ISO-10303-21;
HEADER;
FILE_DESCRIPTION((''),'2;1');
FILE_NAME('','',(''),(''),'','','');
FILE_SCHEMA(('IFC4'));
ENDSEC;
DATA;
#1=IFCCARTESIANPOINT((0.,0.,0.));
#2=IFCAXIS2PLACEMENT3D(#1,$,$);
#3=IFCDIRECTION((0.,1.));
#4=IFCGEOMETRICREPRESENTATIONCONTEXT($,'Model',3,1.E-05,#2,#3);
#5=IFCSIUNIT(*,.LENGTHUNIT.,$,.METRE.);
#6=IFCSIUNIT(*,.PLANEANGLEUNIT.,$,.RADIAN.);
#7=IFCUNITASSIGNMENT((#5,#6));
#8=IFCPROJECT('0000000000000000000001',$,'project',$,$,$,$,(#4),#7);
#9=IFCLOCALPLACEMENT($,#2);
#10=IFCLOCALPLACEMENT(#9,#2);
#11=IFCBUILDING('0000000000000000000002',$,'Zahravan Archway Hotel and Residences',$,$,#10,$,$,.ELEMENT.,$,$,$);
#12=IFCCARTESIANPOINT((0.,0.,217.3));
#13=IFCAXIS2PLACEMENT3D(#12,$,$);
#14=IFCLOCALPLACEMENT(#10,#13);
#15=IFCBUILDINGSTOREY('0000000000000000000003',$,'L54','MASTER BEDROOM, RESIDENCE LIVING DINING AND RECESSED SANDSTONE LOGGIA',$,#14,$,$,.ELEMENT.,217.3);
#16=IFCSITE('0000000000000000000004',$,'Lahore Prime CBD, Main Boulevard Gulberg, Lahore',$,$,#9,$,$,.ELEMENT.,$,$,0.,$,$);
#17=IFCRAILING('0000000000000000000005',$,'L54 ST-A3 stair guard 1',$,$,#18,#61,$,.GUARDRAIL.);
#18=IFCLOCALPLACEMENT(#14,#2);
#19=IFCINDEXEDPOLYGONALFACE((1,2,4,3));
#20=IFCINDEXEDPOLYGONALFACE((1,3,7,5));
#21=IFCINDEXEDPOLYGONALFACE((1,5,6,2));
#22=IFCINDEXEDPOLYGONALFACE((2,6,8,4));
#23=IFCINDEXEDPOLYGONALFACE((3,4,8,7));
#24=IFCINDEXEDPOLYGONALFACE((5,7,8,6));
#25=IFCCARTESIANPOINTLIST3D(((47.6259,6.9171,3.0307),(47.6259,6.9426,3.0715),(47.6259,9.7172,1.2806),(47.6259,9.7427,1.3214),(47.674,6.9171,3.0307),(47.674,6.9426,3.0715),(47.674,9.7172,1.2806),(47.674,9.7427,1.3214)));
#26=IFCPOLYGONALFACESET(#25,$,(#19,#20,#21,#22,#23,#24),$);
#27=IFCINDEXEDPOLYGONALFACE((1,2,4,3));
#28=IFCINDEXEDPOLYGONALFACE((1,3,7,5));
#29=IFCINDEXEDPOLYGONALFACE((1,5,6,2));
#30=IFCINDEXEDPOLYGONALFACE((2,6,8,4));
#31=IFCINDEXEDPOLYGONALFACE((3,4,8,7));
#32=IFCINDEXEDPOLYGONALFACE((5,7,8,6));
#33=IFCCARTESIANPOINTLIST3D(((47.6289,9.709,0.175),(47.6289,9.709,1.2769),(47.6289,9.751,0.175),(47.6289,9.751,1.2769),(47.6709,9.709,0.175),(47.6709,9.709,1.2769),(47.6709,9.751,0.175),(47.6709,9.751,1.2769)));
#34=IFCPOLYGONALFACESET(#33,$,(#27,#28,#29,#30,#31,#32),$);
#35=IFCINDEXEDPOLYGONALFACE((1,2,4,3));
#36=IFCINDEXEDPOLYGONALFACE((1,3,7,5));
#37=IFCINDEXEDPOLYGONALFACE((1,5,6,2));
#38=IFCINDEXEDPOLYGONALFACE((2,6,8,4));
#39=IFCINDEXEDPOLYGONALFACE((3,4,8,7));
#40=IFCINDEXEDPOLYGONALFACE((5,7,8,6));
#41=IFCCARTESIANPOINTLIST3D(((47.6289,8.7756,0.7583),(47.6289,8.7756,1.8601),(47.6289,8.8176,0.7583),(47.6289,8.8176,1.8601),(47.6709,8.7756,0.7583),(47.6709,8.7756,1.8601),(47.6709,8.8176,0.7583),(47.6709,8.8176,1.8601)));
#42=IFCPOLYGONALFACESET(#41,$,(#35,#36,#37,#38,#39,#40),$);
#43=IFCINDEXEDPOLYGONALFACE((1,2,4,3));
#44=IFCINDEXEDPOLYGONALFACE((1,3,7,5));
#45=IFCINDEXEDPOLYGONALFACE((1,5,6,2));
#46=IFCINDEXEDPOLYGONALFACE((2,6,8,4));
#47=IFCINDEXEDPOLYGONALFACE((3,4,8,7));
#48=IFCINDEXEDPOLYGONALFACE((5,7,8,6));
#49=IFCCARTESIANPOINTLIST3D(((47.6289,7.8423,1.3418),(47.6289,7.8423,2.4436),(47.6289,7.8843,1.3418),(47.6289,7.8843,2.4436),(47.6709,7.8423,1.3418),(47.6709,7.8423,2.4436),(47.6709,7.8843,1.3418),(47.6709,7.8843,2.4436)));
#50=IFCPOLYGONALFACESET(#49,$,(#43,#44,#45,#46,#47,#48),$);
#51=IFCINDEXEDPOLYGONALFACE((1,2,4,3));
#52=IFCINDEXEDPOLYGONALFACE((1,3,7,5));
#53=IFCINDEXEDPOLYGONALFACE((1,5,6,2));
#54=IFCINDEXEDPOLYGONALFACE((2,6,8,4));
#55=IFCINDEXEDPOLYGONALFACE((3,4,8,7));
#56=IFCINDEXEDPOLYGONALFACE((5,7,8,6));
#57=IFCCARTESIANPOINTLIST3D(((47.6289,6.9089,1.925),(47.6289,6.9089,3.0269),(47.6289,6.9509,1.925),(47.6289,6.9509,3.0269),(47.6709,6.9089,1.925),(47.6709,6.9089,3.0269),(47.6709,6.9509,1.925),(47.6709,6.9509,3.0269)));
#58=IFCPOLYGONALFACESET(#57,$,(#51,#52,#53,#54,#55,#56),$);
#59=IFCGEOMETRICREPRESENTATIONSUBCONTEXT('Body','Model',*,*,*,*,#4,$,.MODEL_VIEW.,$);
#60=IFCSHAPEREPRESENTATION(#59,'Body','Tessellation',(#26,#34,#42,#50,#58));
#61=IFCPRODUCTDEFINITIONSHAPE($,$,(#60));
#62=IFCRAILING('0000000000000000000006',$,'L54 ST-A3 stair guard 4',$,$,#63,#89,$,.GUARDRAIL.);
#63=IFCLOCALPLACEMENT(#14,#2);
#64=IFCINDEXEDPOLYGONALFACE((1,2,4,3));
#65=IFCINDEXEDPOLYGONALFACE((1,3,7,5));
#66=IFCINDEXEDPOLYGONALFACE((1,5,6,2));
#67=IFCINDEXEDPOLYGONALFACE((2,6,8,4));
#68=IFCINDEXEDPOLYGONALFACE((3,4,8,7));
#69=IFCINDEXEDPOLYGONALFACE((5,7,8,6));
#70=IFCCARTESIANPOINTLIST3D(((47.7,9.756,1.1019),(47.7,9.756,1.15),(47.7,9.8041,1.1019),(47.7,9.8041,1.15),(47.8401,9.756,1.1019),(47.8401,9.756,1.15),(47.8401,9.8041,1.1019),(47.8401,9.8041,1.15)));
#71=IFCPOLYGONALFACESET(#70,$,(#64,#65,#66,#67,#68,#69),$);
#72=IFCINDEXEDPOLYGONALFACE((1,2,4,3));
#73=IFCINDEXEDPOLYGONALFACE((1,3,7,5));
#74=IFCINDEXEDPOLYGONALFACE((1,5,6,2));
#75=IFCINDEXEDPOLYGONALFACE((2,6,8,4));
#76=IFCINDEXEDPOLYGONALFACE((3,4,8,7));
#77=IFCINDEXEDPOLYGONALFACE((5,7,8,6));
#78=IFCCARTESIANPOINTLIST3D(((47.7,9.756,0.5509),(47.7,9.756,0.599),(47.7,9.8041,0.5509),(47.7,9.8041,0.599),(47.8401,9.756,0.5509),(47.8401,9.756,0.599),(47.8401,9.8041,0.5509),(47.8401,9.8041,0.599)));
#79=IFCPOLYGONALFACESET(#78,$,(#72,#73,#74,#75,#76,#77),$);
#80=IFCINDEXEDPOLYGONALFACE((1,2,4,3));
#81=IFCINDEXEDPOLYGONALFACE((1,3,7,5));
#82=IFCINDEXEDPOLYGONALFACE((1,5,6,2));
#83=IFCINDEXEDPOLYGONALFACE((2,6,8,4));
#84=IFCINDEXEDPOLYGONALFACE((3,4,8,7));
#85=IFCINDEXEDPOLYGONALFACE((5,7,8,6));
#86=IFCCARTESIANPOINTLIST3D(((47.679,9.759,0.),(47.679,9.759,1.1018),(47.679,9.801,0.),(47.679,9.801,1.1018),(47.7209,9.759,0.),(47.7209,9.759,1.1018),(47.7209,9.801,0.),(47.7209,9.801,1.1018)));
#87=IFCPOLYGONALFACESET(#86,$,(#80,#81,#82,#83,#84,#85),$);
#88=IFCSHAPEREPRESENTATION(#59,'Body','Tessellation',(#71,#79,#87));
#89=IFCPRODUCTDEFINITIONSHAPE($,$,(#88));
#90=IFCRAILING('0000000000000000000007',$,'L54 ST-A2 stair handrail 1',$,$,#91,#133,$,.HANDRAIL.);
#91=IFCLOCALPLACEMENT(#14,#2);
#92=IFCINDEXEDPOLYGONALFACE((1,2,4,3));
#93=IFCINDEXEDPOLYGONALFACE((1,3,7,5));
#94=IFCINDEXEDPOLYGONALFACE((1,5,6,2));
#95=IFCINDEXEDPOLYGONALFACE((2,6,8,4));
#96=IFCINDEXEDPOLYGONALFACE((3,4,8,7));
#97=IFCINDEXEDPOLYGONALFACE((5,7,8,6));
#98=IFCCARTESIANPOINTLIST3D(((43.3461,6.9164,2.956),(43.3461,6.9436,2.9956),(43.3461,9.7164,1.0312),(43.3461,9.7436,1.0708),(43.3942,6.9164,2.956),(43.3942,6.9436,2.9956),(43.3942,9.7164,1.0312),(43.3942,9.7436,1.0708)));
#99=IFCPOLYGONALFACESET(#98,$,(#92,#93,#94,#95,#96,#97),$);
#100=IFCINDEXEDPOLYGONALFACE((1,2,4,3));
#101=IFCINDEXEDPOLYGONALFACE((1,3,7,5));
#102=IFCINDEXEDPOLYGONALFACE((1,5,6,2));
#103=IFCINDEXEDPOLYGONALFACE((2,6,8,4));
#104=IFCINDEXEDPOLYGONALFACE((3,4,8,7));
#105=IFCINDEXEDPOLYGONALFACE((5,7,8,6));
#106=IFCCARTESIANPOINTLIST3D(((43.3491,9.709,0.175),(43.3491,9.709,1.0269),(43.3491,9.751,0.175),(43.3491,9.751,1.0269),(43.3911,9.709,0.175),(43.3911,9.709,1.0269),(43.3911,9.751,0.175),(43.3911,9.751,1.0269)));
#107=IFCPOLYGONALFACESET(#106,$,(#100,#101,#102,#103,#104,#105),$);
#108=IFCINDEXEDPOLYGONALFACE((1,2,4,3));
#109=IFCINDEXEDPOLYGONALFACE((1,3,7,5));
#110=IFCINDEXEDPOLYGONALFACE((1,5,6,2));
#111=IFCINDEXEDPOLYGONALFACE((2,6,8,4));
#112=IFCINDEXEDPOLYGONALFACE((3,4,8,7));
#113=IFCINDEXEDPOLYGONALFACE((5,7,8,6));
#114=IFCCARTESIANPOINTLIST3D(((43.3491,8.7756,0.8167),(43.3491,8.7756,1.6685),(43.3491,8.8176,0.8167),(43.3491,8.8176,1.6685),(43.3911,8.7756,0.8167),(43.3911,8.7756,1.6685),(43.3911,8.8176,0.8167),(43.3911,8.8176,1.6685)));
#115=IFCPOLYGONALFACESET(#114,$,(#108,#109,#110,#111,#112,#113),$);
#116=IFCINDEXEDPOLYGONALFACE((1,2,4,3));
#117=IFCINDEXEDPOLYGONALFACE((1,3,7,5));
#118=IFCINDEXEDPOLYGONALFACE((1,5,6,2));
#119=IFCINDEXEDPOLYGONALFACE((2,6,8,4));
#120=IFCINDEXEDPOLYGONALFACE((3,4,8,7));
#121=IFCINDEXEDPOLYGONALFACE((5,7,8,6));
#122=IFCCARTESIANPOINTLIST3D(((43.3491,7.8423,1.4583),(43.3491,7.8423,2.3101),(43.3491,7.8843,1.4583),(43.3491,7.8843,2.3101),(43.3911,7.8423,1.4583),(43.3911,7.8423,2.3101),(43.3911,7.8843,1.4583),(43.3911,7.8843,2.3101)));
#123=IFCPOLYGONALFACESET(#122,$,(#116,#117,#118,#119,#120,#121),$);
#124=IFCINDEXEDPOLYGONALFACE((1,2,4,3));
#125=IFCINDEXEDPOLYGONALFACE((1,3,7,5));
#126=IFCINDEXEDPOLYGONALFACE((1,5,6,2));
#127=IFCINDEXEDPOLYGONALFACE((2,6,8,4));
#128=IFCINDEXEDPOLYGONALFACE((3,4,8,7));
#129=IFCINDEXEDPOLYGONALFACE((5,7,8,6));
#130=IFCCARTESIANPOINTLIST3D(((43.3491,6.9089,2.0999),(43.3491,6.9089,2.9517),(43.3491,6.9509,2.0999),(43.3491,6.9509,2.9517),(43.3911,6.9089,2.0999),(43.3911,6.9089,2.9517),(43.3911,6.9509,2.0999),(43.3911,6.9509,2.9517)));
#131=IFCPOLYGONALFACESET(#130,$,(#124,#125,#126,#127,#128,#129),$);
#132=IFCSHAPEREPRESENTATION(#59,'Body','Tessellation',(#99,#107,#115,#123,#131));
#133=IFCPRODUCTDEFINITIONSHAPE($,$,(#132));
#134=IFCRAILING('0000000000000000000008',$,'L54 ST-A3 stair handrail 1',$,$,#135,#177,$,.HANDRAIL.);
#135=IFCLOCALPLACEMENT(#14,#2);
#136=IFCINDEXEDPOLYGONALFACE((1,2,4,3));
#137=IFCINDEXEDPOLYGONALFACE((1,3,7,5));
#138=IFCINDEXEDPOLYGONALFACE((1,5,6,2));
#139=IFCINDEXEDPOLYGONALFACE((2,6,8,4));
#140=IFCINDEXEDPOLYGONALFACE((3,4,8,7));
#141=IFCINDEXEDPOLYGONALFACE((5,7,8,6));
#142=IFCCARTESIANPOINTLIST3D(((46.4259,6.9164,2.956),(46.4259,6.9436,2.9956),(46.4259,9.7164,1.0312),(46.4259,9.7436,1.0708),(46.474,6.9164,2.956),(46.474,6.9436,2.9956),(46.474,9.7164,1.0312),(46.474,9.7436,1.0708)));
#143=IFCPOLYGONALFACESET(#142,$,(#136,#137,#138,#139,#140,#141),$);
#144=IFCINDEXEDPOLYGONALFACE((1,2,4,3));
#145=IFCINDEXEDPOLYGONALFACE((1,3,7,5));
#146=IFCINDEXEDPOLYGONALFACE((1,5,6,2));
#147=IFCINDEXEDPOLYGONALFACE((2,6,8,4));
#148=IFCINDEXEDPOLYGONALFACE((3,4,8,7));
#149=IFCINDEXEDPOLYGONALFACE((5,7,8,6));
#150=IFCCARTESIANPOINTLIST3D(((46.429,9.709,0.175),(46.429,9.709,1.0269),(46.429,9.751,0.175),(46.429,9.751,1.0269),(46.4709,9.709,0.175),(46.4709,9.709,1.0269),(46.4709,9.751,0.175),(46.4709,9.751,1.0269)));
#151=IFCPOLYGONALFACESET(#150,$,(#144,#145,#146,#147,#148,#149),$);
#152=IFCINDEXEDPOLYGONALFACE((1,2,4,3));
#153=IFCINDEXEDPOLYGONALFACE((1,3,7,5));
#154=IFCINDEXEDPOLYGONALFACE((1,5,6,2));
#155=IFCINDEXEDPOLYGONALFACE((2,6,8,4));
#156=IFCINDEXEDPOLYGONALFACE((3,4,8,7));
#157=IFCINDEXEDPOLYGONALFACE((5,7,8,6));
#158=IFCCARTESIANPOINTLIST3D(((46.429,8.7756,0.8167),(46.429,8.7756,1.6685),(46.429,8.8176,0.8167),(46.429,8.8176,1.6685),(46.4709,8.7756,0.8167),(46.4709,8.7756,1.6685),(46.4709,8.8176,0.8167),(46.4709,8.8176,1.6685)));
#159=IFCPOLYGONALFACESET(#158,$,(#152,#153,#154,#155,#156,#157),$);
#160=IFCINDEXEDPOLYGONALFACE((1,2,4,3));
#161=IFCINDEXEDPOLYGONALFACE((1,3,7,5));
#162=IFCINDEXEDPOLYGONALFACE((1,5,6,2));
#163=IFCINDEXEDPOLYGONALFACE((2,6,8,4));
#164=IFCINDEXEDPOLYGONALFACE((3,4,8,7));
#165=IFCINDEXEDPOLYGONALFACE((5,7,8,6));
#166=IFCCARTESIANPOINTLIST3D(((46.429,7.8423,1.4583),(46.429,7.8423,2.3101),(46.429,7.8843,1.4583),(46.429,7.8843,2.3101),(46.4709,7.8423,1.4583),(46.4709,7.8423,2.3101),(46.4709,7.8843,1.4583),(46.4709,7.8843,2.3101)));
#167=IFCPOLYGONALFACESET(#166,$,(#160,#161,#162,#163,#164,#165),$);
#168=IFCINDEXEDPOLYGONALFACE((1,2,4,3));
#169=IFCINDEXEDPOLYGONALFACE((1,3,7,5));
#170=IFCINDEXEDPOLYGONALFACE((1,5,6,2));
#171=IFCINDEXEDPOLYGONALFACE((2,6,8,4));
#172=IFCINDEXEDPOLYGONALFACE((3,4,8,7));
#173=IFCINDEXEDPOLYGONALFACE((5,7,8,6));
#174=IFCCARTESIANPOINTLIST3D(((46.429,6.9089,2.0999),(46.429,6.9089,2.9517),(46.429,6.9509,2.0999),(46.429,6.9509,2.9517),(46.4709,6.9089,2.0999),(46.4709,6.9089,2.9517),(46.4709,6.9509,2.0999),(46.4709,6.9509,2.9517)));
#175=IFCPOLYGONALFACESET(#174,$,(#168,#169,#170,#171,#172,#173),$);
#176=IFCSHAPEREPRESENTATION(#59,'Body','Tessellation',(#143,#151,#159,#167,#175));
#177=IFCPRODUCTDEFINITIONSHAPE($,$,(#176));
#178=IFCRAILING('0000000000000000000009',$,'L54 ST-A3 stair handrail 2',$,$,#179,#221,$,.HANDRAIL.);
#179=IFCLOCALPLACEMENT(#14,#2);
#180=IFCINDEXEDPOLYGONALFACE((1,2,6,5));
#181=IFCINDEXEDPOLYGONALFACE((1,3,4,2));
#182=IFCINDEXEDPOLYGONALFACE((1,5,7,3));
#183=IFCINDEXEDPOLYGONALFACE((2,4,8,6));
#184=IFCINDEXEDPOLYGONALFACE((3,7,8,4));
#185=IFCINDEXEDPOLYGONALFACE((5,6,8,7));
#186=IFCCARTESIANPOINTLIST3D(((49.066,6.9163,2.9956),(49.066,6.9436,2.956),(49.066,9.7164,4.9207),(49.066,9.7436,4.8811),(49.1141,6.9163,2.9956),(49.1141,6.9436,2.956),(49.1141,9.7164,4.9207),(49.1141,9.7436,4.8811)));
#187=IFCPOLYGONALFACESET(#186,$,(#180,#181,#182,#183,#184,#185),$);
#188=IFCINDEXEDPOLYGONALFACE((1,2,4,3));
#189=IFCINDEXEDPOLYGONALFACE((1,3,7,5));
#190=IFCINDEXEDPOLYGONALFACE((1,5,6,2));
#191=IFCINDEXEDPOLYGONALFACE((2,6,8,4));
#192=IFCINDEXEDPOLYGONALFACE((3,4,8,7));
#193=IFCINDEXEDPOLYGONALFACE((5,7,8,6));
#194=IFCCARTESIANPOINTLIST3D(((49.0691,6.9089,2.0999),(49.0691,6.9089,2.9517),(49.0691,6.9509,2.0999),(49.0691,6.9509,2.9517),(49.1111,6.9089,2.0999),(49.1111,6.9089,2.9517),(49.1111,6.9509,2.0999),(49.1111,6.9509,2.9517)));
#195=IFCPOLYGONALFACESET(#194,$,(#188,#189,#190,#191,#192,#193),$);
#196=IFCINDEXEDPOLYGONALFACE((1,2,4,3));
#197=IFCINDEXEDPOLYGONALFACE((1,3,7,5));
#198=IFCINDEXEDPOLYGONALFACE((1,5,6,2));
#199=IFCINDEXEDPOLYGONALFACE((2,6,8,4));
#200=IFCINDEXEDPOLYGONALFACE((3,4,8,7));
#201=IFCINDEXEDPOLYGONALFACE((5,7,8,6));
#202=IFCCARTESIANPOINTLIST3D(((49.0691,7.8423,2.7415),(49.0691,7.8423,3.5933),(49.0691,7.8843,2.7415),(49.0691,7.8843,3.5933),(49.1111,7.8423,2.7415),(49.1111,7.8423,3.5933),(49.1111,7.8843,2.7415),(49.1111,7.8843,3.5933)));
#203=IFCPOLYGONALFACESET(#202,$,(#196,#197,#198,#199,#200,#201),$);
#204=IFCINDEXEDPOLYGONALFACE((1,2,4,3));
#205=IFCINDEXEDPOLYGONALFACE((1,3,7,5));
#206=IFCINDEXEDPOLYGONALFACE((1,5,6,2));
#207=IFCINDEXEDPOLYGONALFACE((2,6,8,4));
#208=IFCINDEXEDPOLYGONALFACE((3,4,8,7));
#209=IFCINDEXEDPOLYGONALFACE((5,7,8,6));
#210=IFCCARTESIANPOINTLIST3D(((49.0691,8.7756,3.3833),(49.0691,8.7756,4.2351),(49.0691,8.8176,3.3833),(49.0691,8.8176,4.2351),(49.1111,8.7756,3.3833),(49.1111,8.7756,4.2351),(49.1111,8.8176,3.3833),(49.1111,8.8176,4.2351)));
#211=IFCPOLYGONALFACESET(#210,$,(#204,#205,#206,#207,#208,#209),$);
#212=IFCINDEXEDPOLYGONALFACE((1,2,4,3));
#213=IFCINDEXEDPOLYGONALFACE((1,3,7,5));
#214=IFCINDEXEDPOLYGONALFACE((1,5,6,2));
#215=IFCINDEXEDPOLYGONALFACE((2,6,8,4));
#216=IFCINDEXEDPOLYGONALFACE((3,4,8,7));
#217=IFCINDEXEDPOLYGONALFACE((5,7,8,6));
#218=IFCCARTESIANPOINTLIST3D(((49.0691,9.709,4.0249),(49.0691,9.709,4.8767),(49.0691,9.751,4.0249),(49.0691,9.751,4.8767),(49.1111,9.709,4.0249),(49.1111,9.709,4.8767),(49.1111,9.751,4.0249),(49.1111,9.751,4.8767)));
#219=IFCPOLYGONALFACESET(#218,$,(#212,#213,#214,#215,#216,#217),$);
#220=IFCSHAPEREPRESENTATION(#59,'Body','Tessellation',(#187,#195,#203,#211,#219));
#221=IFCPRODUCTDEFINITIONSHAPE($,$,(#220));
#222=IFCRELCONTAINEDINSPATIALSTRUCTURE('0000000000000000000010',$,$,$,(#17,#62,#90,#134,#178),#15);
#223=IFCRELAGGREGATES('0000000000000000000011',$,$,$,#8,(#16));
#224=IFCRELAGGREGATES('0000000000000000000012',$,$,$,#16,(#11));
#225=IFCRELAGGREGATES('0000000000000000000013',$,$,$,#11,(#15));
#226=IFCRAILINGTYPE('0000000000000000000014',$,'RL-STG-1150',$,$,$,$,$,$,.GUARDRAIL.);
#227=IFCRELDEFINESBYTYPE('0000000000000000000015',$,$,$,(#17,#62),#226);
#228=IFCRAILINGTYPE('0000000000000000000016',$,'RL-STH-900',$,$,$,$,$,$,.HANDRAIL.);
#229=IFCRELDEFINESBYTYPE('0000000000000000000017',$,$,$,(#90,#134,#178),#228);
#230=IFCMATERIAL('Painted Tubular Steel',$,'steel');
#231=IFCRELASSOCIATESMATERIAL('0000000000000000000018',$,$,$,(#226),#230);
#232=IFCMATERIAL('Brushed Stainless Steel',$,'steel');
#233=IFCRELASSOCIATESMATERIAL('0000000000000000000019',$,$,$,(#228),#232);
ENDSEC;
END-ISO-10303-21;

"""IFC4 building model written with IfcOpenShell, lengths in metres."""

from ifc_helpers import new_model, si_unit, direction, frame, origin, origin_2d, place, context, subcontext, project, spatial, rectangle, extrude, material, type_object, element, save


model = new_model("IFC4")

# Units and contexts
model_context = context("Model", 3, precision=1e-05, world=origin(), true_north=direction((0.0, 1.0)))
body_context = subcontext(model_context, "Body", "Model", "MODEL_VIEW")
ifc_project = project(units=[si_unit("LENGTHUNIT", "METRE"), si_unit("PLANEANGLEUNIT", "RADIAN")], contexts=[model_context])

# Site, building, storey
site_placement = place(None, origin())
site = spatial("IfcSite", under=ifc_project, at=site_placement, Name="Lahore Prime CBD, Main Boulevard Gulberg, Lahore", CompositionType="ELEMENT", RefElevation=0.0)
building_placement = place(site_placement, origin())
building = spatial("IfcBuilding", under=site, at=building_placement, Name="Zahravan Archway Hotel and Residences", CompositionType="ELEMENT")
storey_placement = place(building_placement, frame((0.0, 0.0, 217.3)))
storey = spatial("IfcBuildingStorey", under=building, at=storey_placement, Name="L54", Description="MASTER BEDROOM, RESIDENCE LIVING DINING AND RECESSED SANDSTONE LOGGIA", CompositionType="ELEMENT", Elevation=217.3)

# Shared definitions
ifc_material_1 = material(Name="Brushed Stainless Steel", Category="steel")

# Railings
ifc_material_2 = material(Name="Painted Tubular Steel", Category="steel")
railing_type_1 = type_object("IfcRailingType", Name="RL-STG-1150", PredefinedType="GUARDRAIL", material=ifc_material_2)
railing_1_placement = place(storey_placement, frame((47.6499, 9.73, 0.175)))
element("IfcRailing", 1, at=railing_1_placement, inside=storey, type_object=railing_type_1, Name="L54 ST-A3 stair guard 1", PredefinedType="GUARDRAIL", context=body_context, shape_type="SweptSolid", body=[
    extrude(rectangle(XDim=0.0481, YDim=0.0481, at=origin_2d()), frame((0.0, 0.0, 1.126), z_axis=(0.0, -0.848002, 0.529992), x_axis=(1.0, 0.0, 0.0)), (0.0, 0.0, 1.0), 3.302),
    extrude(rectangle(XDim=0.042, YDim=0.042, at=origin_2d()), origin(), (0.0, 0.0, 1.0), 1.1018),
    extrude(rectangle(XDim=0.042, YDim=0.042, at=origin_2d()), frame((0.0, -0.9333, 0.5833)), (0.0, 0.0, 1.0), 1.1018),
    extrude(rectangle(XDim=0.042, YDim=0.042, at=origin_2d()), frame((0.0, -1.8667, 1.1667)), (0.0, 0.0, 1.0), 1.1018),
    extrude(rectangle(XDim=0.042, YDim=0.042, at=origin_2d()), frame((0.0, -2.8, 1.75)), (0.0, 0.0, 1.0), 1.1018),
])
railing_2_placement = place(storey_placement, frame((47.7, 9.78, 0.0)))
element("IfcRailing", 2, at=railing_2_placement, inside=storey, type_object=railing_type_1, Name="L54 ST-A3 stair guard 4", PredefinedType="GUARDRAIL", context=body_context, shape_type="SweptSolid", body=[
    extrude(rectangle(XDim=0.0481, YDim=0.0481, at=origin_2d()), frame((0.0, 0.0, 1.126), z_axis=(1.0, 0.0, 0.0), x_axis=(0.0, 1.0, 0.0)), (0.0, 0.0, 1.0), 0.1401),
    extrude(rectangle(XDim=0.0481, YDim=0.0481, at=origin_2d()), frame((0.0, 0.0, 0.575), z_axis=(1.0, 0.0, 0.0), x_axis=(0.0, 1.0, 0.0)), (0.0, 0.0, 1.0), 0.1401),
    extrude(rectangle(XDim=0.042, YDim=0.042, at=origin_2d()), origin(), (0.0, 0.0, 1.0), 1.1018),
])
railing_type_2 = type_object("IfcRailingType", Name="RL-STH-900", PredefinedType="HANDRAIL", material=ifc_material_1)
for number, where, name in (
    (3, (43.3701, 9.73, 0.175), "L54 ST-A2 stair handrail 1"),
    (4, (46.45, 9.73, 0.175), "L54 ST-A3 stair handrail 1"),
):
    element("IfcRailing", number, at=place(storey_placement, frame(where)), inside=storey, type_object=railing_type_2, Name=name, PredefinedType="HANDRAIL", context=body_context, shape_type="SweptSolid", body=[
        extrude(rectangle(XDim=0.0481, YDim=0.0481, at=origin_2d()), frame((0.0, 0.0, 0.876), z_axis=(0.0, -0.824073, 0.566483), x_axis=(1.0, 0.0, 0.0)), (0.0, 0.0, 1.0), 3.3977),
        extrude(rectangle(XDim=0.042, YDim=0.042, at=origin_2d()), origin(), (0.0, 0.0, 1.0), 0.8518),
        extrude(rectangle(XDim=0.042, YDim=0.042, at=origin_2d()), frame((0.0, -0.9333, 0.6416)), (0.0, 0.0, 1.0), 0.8518),
        extrude(rectangle(XDim=0.042, YDim=0.042, at=origin_2d()), frame((0.0, -1.8667, 1.2832)), (0.0, 0.0, 1.0), 0.8518),
        extrude(rectangle(XDim=0.042, YDim=0.042, at=origin_2d()), frame((0.0, -2.8, 1.9248)), (0.0, 0.0, 1.0), 0.8518),
    ])
railing_3_placement = place(storey_placement, frame((49.0901, 6.9299, 2.0999)))
element("IfcRailing", 5, at=railing_3_placement, inside=storey, type_object=railing_type_2, Name="L54 ST-A3 stair handrail 2", PredefinedType="HANDRAIL", context=body_context, shape_type="SweptSolid", body=[
    extrude(rectangle(XDim=0.0481, YDim=0.0481, at=origin_2d()), frame((0.0, 0.0, 0.876), z_axis=(0.0, 0.82404, 0.566532), x_axis=(-1.0, 0.0, 0.0)), (0.0, 0.0, 1.0), 3.3979),
    extrude(rectangle(XDim=0.042, YDim=0.042, at=origin_2d()), origin(), (0.0, 0.0, 1.0), 0.8518),
    extrude(rectangle(XDim=0.042, YDim=0.042, at=origin_2d()), frame((0.0, 0.9333, 0.6416)), (0.0, 0.0, 1.0), 0.8518),
    extrude(rectangle(XDim=0.042, YDim=0.042, at=origin_2d()), frame((0.0, 1.8667, 1.2834)), (0.0, 0.0, 1.0), 0.8518),
    extrude(rectangle(XDim=0.042, YDim=0.042, at=origin_2d()), frame((0.0, 2.8, 1.925)), (0.0, 0.0, 1.0), 0.8518),
])

save(model, "model.ifc")
